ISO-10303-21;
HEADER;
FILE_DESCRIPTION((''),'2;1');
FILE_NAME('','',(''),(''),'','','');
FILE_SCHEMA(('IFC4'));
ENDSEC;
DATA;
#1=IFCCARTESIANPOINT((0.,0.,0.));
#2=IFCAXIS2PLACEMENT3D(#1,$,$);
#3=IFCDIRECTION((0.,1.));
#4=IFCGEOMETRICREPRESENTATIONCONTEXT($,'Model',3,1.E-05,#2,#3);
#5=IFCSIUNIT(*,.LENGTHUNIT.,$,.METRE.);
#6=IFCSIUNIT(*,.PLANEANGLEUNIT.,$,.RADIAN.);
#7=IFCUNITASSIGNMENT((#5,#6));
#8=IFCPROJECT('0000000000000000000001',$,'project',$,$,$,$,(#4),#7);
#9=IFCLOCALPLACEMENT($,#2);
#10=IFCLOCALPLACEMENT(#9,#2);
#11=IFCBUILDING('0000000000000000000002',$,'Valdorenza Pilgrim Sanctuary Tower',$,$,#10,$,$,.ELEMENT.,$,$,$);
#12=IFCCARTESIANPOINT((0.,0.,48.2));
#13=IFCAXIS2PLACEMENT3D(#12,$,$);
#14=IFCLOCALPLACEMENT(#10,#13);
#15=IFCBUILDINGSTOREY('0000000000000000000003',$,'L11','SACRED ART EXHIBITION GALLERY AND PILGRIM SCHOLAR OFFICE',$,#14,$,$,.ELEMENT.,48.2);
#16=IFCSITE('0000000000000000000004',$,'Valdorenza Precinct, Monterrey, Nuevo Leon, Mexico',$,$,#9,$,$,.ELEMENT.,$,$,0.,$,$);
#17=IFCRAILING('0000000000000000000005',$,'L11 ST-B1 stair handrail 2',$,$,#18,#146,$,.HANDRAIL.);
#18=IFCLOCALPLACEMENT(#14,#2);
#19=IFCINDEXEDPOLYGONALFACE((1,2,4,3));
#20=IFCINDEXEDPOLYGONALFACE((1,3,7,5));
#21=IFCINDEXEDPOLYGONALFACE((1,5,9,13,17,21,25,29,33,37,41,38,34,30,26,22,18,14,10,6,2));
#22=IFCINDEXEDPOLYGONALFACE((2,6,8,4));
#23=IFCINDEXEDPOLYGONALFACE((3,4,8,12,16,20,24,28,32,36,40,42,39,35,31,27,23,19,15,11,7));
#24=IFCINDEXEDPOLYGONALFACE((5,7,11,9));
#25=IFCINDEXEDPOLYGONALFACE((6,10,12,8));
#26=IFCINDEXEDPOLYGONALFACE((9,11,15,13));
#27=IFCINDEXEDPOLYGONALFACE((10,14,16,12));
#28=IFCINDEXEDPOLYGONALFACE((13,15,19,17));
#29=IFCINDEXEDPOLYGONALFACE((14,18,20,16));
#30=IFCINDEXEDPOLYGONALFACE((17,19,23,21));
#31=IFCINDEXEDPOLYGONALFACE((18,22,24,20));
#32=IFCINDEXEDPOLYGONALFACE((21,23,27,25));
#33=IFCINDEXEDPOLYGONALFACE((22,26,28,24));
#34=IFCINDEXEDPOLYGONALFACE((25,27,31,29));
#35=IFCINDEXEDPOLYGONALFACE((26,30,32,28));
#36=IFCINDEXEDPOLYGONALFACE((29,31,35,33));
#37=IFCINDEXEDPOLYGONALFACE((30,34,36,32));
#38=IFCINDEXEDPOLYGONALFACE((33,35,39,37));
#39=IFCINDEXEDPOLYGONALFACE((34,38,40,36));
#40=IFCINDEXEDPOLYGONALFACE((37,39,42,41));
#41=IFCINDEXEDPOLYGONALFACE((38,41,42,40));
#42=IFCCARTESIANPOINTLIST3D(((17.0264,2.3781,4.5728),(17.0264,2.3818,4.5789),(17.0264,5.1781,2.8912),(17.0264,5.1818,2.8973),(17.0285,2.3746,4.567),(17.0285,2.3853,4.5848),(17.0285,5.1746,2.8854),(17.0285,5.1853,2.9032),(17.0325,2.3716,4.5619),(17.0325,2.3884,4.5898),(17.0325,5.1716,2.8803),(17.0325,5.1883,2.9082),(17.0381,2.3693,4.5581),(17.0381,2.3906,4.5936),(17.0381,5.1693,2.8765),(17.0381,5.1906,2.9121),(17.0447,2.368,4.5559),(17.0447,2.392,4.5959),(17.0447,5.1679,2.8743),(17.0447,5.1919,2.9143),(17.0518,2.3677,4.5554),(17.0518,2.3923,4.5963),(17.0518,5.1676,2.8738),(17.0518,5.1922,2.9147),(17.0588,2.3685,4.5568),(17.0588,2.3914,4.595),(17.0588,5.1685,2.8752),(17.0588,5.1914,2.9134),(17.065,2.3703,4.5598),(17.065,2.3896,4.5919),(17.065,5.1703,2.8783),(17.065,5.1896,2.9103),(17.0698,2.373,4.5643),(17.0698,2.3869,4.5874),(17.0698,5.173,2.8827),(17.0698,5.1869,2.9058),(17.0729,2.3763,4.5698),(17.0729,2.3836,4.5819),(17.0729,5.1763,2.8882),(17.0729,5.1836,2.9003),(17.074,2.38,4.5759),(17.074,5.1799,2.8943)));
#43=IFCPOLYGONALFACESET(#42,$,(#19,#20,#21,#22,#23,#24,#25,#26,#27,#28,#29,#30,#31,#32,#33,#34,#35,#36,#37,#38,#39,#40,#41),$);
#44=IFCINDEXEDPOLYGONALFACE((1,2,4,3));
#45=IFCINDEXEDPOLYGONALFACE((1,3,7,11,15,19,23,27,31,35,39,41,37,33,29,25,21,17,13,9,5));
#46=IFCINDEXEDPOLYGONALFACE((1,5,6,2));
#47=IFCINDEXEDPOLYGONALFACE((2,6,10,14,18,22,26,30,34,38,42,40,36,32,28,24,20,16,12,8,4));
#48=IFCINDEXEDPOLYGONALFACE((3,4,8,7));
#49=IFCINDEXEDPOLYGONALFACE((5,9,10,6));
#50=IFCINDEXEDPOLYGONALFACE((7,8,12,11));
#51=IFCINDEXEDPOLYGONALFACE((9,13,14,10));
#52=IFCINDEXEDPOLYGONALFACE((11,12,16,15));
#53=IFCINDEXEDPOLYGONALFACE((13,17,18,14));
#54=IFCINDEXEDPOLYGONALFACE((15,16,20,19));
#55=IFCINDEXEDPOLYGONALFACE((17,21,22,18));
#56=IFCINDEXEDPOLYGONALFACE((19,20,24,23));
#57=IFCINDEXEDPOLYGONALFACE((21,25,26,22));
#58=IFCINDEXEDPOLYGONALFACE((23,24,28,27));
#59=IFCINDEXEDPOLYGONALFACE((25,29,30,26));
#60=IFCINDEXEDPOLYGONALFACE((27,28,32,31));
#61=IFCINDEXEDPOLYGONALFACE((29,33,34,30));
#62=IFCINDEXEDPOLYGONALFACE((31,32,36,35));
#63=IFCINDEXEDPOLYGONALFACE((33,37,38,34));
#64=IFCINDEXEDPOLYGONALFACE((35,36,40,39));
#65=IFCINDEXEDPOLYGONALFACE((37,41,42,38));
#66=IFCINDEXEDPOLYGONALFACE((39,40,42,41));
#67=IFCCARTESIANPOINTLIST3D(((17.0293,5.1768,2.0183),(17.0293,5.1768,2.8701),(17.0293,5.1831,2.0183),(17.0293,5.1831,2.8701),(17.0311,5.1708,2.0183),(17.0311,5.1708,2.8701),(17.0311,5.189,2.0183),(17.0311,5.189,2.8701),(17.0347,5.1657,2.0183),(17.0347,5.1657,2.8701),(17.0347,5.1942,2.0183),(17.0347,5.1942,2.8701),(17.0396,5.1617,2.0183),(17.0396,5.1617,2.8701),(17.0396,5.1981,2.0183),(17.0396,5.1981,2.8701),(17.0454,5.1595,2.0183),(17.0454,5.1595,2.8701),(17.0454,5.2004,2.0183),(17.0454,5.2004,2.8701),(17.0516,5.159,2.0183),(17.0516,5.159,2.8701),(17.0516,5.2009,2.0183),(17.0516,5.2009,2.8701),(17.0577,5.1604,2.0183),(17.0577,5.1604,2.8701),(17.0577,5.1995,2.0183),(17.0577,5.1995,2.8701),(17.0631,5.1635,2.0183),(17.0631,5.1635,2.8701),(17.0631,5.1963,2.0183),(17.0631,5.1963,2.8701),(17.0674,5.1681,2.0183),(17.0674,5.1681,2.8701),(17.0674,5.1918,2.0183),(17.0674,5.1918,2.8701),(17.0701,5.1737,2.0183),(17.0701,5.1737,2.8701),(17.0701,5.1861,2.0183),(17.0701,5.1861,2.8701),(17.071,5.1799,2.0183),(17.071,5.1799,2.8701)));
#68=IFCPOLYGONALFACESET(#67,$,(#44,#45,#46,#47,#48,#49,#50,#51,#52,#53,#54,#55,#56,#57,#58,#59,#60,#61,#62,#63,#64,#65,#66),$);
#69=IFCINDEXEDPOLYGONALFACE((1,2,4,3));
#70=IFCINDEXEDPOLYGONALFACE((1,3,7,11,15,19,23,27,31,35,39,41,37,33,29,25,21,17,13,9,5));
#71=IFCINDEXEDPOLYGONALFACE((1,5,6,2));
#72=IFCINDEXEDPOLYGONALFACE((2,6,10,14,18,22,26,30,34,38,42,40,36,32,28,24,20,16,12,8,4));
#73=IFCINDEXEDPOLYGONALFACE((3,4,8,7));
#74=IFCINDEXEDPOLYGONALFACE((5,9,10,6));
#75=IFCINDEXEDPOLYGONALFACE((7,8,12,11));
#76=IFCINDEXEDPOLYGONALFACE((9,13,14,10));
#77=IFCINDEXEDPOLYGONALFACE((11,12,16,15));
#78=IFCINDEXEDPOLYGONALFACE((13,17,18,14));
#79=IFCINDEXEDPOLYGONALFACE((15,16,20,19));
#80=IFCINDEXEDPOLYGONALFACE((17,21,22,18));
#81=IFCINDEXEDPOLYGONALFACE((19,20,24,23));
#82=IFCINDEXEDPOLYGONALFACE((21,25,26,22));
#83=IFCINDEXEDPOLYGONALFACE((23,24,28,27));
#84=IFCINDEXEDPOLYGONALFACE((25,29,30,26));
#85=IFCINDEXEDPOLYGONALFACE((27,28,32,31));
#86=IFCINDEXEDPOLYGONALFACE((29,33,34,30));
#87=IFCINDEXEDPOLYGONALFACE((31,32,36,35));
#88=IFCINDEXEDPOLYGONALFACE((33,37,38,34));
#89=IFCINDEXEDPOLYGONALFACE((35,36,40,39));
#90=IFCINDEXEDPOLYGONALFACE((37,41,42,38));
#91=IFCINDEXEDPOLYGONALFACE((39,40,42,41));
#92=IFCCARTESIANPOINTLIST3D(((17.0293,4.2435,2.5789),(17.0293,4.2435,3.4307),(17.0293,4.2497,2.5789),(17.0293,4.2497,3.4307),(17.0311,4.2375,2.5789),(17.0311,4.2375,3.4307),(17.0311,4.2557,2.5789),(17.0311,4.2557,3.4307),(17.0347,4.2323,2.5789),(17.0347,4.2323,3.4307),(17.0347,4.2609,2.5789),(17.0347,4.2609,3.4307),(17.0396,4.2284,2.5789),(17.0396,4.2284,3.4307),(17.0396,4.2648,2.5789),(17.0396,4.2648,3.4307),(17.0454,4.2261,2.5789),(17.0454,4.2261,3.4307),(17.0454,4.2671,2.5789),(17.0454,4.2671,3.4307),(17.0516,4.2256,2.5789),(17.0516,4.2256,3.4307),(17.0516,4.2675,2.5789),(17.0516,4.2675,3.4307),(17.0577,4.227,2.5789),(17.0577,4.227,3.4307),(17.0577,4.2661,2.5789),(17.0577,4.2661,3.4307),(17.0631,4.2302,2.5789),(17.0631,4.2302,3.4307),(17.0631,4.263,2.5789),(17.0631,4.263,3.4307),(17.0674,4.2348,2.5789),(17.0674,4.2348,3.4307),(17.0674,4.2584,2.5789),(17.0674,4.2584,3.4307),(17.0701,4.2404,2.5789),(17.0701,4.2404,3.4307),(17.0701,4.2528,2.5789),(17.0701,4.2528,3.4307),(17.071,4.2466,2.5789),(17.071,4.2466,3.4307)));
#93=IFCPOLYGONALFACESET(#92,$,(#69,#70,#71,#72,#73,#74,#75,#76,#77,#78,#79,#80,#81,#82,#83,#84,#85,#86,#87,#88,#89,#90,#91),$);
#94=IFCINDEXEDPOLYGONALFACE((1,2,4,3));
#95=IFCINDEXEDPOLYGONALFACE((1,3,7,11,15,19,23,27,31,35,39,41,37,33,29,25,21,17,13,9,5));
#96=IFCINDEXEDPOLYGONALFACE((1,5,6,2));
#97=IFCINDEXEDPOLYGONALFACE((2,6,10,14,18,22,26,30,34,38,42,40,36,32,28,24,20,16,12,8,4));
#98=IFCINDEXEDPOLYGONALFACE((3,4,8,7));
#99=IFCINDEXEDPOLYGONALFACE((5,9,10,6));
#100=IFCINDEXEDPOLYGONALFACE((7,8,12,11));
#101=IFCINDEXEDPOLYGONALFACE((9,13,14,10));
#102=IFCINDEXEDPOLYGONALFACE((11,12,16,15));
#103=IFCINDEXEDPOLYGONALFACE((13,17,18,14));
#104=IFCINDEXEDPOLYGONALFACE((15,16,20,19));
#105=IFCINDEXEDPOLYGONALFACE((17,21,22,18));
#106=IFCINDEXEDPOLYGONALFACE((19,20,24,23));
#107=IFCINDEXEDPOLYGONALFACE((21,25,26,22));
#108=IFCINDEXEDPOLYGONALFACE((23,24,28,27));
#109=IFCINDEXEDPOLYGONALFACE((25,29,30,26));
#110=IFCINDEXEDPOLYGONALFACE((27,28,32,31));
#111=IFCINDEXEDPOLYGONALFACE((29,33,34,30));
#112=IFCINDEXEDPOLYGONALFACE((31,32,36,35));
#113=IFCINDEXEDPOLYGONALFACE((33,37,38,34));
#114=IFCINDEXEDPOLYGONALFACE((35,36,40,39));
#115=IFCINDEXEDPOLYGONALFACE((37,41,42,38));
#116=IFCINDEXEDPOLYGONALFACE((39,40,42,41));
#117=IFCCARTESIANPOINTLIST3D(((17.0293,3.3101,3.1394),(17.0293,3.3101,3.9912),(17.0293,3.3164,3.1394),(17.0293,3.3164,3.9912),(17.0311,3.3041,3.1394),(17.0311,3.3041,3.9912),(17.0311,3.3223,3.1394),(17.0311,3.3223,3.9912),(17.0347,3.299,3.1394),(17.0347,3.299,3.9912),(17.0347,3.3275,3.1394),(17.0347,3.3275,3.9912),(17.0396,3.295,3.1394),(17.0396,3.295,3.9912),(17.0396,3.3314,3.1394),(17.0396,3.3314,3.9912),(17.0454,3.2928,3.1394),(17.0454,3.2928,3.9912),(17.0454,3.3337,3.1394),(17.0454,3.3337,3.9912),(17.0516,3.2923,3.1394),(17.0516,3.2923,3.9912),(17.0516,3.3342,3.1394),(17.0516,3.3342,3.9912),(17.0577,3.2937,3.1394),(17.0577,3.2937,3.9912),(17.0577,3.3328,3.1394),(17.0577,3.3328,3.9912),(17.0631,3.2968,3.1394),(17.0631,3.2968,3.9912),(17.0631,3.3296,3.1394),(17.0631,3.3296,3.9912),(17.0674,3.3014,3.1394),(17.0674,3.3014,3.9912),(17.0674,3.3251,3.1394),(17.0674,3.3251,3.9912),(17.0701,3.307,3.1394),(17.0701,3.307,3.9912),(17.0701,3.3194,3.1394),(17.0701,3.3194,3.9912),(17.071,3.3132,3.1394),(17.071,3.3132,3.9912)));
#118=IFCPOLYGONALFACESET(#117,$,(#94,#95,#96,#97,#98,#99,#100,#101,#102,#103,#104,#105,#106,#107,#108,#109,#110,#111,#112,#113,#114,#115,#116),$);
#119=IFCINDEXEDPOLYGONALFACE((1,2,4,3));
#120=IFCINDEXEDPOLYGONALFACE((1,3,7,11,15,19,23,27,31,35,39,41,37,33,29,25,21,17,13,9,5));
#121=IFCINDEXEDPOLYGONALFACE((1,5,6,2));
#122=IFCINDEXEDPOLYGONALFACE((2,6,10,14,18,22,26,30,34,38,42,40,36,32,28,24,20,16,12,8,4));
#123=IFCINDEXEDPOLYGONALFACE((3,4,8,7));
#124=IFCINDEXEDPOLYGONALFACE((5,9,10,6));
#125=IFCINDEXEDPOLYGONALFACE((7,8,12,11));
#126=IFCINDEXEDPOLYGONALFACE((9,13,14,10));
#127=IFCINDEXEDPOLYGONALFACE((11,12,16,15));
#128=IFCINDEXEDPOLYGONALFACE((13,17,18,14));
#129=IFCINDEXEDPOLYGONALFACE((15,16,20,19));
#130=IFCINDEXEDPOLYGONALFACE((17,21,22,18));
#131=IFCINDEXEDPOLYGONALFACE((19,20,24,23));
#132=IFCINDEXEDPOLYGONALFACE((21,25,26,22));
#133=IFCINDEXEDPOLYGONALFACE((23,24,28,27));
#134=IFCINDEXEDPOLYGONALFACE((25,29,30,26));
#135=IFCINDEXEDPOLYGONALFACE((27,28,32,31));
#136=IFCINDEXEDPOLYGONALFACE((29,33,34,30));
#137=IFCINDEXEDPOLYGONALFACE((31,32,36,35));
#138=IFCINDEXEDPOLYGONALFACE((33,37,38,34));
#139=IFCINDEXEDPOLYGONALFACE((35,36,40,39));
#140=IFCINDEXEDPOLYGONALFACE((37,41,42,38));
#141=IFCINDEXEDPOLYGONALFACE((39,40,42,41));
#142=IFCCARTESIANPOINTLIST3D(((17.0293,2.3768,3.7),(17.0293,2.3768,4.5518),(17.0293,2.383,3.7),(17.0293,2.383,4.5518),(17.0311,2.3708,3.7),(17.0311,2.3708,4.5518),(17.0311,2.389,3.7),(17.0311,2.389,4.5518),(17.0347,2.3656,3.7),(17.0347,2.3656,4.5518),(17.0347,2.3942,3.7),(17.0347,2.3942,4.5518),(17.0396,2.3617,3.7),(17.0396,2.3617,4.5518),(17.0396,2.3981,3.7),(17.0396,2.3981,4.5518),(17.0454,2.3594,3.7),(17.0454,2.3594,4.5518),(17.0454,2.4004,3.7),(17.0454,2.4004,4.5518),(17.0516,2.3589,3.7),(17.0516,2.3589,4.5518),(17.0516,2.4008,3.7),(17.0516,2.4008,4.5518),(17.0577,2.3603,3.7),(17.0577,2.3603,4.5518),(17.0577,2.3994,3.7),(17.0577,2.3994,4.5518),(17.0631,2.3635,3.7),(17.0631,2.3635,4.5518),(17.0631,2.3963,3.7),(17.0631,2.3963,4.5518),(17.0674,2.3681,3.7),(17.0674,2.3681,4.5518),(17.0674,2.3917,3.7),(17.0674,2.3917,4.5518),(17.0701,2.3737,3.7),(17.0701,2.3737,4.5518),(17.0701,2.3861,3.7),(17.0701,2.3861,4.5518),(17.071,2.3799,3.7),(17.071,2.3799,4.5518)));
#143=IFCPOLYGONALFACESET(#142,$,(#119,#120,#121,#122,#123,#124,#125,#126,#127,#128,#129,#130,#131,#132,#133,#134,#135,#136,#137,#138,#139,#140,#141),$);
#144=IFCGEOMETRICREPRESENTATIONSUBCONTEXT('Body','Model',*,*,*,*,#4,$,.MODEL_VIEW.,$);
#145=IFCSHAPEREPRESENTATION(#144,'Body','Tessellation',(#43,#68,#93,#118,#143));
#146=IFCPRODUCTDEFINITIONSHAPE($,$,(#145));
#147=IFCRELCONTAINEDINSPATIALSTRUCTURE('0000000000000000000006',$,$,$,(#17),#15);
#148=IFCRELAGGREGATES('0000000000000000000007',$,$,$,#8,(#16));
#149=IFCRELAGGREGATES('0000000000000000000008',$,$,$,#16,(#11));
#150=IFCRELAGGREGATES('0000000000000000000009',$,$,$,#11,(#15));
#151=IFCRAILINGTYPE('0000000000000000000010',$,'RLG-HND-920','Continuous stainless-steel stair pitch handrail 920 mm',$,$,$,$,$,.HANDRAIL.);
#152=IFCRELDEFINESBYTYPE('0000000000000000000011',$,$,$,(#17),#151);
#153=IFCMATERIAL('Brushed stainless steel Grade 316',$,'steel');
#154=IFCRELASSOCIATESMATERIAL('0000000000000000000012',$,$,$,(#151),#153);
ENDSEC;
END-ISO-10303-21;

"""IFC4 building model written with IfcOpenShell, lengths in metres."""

from ifc_helpers import new_model, si_unit, direction, frame, origin, origin_2d, place, context, subcontext, project, spatial, circle, extrude, material, type_object, element, save


model = new_model("IFC4")

# Units and contexts
model_context = context("Model", 3, precision=1e-05, world=origin(), true_north=direction((0.0, 1.0)))
body_context = subcontext(model_context, "Body", "Model", "MODEL_VIEW")
ifc_project = project(units=[si_unit("LENGTHUNIT", "METRE"), si_unit("PLANEANGLEUNIT", "RADIAN")], contexts=[model_context])

# Site, building, storey
site_placement = place(None, origin())
site = spatial("IfcSite", under=ifc_project, at=site_placement, Name="Valdorenza Precinct, Monterrey, Nuevo Leon, Mexico", CompositionType="ELEMENT", RefElevation=0.0)
building_placement = place(site_placement, origin())
building = spatial("IfcBuilding", under=site, at=building_placement, Name="Valdorenza Pilgrim Sanctuary Tower", CompositionType="ELEMENT")
storey_placement = place(building_placement, frame((0.0, 0.0, 48.2)))
storey = spatial("IfcBuildingStorey", under=building, at=storey_placement, Name="L11", Description="SACRED ART EXHIBITION GALLERY AND PILGRIM SCHOLAR OFFICE", CompositionType="ELEMENT", Elevation=48.2)

# Railing
ifc_material_1 = material(Name="Brushed stainless steel Grade 316", Category="steel")
railing_type_1 = type_object("IfcRailingType", Name="RLG-HND-920", Description="Continuous stainless-steel stair pitch handrail 920 mm", PredefinedType="HANDRAIL", material=ifc_material_1)
railing_1_placement = place(storey_placement, frame((17.05, 5.1799, 2.0183)))
element("IfcRailing", 1, at=railing_1_placement, inside=storey, type_object=railing_type_1, Name="L11 ST-B1 stair handrail 2", PredefinedType="HANDRAIL", context=body_context, shape_type="SweptSolid", body=[
    extrude(circle(Radius=0.0239, at=origin_2d()), frame((0.0, 0.0, 0.876), z_axis=(0.0, -0.857275, 0.514858), x_axis=(1.0, 0.0, 0.0)), (0.0, 0.0, 1.0), 3.2661),
    extrude(circle(Radius=0.021, at=origin_2d()), origin(), (0.0, 0.0, 1.0), 0.8518),
    extrude(circle(Radius=0.021, at=origin_2d()), frame((0.0, -0.9333, 0.5605)), (0.0, 0.0, 1.0), 0.8518),
    extrude(circle(Radius=0.021, at=origin_2d()), frame((0.0, -1.8667, 1.1211)), (0.0, 0.0, 1.0), 0.8518),
    extrude(circle(Radius=0.021, at=origin_2d()), frame((0.0, -2.8, 1.6816)), (0.0, 0.0, 1.0), 0.8518),
])

save(model, "model.ifc")
